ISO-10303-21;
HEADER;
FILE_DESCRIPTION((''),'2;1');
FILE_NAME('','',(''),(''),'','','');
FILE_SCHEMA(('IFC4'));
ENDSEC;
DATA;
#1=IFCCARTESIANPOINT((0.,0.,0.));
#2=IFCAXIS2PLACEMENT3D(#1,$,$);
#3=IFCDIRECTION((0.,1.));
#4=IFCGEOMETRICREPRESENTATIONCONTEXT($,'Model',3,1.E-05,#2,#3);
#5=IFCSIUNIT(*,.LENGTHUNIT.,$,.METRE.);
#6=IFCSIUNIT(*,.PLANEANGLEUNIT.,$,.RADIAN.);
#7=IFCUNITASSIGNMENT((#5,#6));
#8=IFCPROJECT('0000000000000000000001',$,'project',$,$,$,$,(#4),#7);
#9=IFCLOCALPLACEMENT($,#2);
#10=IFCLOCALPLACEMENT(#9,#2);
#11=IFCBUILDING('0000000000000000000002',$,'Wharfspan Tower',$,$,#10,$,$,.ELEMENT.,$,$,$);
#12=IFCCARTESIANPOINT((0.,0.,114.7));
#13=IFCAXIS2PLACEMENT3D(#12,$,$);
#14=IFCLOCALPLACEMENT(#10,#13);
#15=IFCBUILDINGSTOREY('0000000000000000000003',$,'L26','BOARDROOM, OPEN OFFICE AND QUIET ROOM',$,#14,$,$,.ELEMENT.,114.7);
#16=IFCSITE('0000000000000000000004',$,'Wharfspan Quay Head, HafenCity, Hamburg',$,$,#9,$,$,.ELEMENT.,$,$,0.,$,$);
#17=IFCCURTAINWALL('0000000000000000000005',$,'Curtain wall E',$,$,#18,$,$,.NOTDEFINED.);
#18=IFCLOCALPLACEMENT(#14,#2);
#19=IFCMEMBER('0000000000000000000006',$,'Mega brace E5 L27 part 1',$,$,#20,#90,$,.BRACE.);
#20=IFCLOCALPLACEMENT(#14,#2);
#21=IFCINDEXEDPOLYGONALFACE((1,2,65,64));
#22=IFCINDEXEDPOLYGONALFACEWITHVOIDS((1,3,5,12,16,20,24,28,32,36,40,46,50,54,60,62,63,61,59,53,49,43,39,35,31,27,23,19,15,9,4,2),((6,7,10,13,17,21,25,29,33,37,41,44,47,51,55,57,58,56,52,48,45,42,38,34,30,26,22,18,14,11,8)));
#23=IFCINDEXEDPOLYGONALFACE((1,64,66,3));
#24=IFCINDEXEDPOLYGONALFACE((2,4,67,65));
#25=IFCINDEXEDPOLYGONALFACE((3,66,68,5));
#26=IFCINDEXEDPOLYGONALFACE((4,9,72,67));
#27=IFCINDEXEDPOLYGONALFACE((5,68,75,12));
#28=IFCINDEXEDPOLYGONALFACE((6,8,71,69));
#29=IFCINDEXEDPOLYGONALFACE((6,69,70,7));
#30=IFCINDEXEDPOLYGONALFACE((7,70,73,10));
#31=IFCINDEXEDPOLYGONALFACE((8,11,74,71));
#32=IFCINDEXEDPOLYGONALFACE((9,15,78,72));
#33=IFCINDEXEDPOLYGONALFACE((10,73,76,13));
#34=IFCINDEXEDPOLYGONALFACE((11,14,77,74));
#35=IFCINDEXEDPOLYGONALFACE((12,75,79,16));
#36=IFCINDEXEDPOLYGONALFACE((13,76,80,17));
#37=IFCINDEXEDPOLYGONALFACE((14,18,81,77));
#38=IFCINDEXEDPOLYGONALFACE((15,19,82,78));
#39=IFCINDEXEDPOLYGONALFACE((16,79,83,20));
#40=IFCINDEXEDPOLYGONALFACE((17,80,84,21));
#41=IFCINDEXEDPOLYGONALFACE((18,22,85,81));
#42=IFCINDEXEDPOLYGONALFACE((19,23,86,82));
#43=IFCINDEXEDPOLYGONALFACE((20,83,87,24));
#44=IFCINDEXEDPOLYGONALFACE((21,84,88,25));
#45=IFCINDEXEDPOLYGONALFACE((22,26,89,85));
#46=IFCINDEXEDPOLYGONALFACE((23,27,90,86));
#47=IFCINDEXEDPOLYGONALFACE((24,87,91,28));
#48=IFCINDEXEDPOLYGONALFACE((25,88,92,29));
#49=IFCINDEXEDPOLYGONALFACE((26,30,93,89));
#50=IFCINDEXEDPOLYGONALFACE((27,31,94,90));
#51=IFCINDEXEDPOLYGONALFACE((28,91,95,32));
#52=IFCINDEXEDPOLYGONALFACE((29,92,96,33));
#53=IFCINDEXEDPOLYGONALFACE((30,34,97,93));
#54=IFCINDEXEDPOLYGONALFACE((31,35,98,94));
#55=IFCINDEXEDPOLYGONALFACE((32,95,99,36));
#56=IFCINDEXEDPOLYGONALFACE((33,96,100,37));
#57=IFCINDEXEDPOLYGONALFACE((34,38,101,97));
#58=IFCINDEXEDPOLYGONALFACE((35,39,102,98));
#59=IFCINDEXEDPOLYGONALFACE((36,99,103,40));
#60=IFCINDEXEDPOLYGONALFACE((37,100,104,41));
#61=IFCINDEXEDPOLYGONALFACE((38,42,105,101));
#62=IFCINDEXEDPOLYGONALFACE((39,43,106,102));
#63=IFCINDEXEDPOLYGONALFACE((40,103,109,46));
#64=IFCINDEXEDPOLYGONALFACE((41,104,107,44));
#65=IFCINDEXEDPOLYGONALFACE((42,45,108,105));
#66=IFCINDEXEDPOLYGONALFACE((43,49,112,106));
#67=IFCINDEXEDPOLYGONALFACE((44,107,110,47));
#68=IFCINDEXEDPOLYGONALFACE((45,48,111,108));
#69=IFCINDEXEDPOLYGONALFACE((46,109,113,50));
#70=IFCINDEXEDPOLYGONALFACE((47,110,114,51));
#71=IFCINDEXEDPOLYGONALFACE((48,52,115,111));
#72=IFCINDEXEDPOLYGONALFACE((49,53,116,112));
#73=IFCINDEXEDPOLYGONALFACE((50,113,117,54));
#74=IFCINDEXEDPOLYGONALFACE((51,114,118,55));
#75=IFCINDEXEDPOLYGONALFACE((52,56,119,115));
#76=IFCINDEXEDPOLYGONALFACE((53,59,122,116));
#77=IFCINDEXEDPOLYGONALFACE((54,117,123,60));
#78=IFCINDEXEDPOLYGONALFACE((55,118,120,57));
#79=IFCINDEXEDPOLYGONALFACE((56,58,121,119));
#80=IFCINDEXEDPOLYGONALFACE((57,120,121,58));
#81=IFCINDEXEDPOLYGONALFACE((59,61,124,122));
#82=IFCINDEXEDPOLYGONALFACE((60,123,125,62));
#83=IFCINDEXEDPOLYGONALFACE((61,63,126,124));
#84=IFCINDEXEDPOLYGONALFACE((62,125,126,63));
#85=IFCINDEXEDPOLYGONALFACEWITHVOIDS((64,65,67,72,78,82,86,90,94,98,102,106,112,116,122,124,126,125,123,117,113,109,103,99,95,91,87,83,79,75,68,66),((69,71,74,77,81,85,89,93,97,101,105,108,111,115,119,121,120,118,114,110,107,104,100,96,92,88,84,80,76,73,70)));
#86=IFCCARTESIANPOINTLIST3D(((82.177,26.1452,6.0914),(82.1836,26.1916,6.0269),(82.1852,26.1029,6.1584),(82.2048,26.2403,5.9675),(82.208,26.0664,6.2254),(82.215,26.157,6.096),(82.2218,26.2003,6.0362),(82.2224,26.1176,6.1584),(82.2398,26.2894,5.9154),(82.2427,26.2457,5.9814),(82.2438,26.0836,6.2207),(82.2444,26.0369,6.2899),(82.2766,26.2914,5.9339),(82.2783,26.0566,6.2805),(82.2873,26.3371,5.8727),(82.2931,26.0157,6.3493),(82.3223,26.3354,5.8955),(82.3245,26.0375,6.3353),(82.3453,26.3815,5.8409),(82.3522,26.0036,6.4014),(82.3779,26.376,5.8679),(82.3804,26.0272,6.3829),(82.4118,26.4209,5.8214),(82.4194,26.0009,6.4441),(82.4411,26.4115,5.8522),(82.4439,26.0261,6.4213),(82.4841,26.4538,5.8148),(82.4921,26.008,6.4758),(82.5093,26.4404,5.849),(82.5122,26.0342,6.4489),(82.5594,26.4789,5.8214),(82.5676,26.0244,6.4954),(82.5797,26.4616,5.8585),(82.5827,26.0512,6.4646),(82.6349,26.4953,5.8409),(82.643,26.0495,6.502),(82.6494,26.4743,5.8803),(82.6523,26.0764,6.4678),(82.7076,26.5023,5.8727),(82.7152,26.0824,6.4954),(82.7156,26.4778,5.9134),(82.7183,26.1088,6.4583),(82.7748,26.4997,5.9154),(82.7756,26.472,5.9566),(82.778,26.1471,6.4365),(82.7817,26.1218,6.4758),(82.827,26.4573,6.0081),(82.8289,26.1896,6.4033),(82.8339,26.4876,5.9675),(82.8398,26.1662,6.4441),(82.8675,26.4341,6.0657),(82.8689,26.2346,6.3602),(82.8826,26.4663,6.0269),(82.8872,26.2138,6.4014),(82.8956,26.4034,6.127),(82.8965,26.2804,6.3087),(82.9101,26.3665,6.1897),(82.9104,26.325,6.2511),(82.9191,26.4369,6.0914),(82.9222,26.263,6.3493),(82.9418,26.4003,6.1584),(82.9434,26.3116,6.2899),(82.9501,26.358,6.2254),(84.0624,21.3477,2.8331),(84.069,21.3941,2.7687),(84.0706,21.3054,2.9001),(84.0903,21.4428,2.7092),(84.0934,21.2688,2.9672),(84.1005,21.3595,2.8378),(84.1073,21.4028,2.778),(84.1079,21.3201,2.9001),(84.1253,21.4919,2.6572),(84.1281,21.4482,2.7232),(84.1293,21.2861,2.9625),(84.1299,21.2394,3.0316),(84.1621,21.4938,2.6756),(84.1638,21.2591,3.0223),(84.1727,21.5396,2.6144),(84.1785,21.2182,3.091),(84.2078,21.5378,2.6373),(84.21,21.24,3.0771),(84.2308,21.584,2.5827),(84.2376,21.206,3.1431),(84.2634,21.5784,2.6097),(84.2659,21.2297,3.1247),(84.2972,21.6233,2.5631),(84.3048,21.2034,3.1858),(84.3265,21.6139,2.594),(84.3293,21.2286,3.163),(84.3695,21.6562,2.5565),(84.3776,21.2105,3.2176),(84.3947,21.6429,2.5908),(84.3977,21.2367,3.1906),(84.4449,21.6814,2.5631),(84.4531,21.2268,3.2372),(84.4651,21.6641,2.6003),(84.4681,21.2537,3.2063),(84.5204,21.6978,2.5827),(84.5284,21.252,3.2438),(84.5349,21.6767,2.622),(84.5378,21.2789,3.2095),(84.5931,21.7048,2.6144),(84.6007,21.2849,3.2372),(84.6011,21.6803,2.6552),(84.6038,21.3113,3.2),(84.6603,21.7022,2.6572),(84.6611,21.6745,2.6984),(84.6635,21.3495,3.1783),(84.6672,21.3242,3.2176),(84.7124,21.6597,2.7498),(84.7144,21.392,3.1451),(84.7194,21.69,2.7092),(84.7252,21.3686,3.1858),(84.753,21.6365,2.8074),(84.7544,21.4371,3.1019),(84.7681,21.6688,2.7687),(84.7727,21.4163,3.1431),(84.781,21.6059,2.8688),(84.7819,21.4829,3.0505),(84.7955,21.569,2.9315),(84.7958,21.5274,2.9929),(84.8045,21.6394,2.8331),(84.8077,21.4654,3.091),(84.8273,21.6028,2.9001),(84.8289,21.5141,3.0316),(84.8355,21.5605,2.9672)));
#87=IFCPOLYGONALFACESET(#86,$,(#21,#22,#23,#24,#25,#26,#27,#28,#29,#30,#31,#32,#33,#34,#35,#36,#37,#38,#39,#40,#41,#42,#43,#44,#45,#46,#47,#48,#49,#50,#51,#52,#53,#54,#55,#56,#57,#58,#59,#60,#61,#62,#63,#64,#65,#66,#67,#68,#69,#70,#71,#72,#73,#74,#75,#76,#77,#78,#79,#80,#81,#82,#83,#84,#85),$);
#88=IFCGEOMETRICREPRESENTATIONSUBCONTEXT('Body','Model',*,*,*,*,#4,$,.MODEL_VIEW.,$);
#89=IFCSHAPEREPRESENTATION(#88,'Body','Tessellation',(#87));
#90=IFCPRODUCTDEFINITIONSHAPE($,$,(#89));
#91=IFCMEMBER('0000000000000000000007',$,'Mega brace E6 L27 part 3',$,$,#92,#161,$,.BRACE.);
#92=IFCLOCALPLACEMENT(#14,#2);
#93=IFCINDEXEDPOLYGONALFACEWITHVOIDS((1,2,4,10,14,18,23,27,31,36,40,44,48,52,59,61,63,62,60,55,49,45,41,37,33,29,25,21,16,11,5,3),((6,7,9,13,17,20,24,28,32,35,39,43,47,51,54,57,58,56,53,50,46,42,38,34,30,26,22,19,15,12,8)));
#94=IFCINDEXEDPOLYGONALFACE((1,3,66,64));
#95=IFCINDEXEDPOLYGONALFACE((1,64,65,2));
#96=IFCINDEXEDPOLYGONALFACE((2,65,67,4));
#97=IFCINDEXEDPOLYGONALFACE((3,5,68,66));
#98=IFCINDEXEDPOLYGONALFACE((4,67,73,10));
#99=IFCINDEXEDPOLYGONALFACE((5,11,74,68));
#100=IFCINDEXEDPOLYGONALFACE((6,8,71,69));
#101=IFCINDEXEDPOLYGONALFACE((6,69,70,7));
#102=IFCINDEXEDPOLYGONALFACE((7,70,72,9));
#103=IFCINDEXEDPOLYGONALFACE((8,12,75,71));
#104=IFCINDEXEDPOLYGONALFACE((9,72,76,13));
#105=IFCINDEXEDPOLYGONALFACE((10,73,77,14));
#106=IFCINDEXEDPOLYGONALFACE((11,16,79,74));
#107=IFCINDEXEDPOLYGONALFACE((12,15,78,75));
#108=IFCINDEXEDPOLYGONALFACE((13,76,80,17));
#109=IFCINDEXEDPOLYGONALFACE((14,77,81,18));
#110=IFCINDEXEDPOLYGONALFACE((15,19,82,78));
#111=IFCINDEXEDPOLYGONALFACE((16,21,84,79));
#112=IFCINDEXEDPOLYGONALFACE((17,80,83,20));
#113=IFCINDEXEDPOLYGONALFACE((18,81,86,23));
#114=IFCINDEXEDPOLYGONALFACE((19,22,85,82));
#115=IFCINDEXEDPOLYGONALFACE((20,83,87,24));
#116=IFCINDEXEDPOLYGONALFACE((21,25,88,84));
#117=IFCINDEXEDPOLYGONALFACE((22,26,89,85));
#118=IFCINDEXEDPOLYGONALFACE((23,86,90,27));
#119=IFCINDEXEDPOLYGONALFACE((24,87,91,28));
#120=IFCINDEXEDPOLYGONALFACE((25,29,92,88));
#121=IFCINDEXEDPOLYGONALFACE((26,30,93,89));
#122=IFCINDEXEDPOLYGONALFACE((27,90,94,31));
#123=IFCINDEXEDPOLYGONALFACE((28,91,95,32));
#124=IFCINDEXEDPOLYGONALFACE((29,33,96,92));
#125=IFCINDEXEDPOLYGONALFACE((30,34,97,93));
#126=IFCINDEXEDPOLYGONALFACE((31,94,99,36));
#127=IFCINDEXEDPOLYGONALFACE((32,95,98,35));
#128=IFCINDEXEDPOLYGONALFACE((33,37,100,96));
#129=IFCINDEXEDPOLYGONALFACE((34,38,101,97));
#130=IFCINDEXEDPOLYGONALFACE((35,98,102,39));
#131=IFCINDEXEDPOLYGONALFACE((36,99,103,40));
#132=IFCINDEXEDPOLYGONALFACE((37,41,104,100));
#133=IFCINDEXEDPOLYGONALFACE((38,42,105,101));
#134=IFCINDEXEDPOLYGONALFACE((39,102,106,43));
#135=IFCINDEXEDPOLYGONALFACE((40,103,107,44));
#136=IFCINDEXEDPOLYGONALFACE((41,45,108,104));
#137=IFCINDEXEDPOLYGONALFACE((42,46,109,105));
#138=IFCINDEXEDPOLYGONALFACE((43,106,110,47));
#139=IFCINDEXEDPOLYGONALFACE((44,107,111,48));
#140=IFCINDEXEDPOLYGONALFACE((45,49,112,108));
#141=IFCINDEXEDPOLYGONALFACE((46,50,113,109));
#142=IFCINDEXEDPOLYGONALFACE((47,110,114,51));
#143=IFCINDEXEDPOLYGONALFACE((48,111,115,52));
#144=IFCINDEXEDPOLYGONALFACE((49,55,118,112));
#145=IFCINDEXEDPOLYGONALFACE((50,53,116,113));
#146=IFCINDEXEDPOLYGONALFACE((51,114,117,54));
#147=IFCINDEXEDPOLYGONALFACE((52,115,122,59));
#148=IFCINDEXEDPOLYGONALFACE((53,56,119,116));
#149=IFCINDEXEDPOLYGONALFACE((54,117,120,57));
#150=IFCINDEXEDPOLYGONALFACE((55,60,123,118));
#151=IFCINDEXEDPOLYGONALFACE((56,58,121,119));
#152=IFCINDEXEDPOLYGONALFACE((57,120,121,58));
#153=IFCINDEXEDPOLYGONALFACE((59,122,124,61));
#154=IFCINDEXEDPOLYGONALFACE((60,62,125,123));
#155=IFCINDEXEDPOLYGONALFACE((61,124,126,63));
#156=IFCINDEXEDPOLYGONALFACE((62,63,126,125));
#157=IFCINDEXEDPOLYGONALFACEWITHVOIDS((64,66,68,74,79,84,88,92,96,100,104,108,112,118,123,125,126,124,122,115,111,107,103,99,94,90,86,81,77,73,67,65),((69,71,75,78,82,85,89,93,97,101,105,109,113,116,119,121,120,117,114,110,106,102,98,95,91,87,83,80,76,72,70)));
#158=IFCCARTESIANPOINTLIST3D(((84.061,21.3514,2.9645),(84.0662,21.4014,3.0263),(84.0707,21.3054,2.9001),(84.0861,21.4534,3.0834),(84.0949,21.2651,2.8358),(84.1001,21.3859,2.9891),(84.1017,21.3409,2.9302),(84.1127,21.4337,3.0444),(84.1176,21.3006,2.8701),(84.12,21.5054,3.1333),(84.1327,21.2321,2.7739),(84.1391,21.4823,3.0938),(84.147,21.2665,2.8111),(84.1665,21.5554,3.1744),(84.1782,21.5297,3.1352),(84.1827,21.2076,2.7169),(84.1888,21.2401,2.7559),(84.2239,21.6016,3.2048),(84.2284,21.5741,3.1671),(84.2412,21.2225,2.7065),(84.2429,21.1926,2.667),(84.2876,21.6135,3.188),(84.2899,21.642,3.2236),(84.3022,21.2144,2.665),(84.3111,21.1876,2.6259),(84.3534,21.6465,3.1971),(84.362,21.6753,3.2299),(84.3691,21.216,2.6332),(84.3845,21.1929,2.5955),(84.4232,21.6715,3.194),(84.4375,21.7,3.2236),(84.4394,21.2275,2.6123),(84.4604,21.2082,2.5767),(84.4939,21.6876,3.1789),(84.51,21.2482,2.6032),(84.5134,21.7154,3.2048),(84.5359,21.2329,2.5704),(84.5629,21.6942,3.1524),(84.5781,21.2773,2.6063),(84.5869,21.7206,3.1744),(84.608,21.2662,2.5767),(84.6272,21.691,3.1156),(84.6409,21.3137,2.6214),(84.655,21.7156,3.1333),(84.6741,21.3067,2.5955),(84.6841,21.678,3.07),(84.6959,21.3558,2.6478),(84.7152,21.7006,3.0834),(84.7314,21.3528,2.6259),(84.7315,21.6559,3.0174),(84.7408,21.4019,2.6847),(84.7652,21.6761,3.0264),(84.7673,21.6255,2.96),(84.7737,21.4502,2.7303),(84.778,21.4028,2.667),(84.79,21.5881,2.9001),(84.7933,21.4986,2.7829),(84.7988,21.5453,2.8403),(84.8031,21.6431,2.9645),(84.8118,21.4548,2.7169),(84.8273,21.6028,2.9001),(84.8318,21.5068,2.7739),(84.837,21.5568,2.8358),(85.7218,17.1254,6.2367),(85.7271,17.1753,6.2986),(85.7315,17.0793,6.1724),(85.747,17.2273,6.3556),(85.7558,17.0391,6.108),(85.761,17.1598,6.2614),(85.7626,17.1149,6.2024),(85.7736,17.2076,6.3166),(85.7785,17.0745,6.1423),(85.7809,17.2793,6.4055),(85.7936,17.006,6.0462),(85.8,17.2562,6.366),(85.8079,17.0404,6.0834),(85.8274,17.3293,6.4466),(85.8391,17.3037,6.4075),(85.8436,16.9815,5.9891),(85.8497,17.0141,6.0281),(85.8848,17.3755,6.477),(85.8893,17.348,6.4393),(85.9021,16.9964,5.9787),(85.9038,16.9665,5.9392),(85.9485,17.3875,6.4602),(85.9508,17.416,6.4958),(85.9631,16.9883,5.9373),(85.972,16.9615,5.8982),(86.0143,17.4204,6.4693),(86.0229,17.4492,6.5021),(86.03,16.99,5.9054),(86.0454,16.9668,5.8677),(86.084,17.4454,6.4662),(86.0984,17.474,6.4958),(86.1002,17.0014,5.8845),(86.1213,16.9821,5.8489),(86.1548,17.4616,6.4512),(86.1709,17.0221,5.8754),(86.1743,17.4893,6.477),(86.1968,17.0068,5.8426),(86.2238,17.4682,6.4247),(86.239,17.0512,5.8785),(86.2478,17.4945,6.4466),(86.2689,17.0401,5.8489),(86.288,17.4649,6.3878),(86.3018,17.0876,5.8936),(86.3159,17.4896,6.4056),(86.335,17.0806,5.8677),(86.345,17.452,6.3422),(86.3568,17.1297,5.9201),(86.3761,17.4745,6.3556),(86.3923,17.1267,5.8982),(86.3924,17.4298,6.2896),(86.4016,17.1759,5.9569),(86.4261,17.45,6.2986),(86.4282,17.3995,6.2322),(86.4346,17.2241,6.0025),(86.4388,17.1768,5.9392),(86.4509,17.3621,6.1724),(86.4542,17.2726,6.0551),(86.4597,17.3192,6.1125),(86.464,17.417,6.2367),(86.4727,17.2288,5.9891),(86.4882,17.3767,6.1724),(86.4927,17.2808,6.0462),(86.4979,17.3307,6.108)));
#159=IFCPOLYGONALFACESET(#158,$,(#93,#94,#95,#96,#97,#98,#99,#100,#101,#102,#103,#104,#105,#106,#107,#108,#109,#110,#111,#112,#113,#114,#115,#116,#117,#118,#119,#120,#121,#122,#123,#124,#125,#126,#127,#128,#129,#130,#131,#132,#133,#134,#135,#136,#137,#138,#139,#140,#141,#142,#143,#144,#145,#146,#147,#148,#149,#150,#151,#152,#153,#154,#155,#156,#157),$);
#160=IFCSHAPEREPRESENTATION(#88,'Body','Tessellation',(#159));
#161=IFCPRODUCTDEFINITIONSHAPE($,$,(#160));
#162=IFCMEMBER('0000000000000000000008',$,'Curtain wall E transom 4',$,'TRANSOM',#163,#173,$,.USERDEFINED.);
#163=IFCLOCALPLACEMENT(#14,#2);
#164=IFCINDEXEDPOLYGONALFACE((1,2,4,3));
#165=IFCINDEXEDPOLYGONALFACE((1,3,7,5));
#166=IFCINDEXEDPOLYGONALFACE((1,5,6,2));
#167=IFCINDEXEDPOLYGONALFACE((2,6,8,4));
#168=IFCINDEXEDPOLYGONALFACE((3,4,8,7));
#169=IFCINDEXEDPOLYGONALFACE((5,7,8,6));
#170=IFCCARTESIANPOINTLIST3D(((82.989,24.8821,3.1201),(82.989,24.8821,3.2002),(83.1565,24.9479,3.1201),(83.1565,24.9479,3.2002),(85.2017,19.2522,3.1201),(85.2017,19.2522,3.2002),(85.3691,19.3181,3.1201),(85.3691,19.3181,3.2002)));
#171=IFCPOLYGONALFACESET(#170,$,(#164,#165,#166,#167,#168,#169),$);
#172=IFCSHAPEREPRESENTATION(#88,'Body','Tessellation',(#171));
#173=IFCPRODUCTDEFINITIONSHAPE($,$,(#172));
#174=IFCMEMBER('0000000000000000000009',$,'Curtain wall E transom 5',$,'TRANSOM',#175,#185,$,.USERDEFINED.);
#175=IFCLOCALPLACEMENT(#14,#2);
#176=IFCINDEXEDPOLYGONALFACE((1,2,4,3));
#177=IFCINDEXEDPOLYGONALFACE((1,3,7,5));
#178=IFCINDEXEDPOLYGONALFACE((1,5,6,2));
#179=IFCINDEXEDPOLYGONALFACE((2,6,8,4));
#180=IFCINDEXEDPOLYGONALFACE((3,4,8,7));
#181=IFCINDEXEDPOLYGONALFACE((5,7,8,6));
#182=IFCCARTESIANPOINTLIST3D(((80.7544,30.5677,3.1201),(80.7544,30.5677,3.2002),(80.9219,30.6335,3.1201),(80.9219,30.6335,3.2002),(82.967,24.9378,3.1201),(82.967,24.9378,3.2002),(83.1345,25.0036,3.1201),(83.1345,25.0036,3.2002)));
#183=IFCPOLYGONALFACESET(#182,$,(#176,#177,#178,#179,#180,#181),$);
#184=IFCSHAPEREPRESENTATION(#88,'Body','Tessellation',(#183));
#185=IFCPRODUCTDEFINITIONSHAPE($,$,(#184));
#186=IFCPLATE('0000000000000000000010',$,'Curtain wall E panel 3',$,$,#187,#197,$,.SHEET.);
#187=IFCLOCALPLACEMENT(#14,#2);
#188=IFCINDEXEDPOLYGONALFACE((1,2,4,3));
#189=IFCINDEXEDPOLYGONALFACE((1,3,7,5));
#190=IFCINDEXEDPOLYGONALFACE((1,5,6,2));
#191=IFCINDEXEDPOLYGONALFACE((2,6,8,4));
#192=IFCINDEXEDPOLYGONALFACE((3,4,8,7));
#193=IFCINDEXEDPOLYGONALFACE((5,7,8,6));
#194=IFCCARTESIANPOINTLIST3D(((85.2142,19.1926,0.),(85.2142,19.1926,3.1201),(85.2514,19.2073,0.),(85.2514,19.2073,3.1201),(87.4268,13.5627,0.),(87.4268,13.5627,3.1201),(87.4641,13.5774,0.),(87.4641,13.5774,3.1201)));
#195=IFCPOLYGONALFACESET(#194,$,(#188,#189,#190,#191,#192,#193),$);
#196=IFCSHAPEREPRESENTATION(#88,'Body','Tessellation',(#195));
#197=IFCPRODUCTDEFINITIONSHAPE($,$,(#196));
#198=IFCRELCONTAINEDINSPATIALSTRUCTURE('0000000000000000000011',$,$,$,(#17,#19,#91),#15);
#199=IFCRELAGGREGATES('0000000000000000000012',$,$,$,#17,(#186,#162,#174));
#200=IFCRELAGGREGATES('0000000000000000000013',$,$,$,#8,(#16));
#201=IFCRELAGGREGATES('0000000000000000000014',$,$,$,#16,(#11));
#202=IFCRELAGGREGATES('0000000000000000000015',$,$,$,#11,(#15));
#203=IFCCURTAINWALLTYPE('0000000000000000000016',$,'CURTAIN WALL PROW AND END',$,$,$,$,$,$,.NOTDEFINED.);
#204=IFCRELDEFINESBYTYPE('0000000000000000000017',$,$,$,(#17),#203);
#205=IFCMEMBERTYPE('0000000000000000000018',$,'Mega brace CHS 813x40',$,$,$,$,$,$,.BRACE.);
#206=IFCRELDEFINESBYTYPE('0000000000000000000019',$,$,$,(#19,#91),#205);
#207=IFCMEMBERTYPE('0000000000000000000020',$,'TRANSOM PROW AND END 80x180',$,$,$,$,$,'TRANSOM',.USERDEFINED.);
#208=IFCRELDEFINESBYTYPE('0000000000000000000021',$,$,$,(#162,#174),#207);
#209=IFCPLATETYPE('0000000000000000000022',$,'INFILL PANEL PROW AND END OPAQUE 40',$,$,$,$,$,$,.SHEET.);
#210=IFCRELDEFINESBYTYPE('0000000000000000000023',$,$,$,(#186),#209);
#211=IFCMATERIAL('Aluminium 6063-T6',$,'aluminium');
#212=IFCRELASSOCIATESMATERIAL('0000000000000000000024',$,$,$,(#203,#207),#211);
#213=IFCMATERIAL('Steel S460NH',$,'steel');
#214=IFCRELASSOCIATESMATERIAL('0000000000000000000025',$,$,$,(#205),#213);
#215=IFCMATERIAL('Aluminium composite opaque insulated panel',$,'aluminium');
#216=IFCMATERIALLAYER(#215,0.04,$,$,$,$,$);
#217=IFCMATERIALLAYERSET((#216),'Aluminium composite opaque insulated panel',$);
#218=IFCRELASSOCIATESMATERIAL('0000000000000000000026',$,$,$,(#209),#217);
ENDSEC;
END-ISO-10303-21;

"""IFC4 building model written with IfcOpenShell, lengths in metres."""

from ifc_helpers import new_model, si_unit, direction, frame, origin, origin_2d, place, context, subcontext, project, spatial, rectangle, hollow_circle, extrude, material, layer, layer_set, material_profile, profile_set, type_object, element, aggregate, save


model = new_model("IFC4")

# Units and contexts
model_context = context("Model", 3, precision=1e-05, world=origin(), true_north=direction((0.0, 1.0)))
body_context = subcontext(model_context, "Body", "Model", "MODEL_VIEW")
ifc_project = project(units=[si_unit("LENGTHUNIT", "METRE"), si_unit("PLANEANGLEUNIT", "RADIAN")], contexts=[model_context])

# Site, building, storey
site_placement = place(None, origin())
site = spatial("IfcSite", under=ifc_project, at=site_placement, Name="Wharfspan Quay Head, HafenCity, Hamburg", CompositionType="ELEMENT", RefElevation=0.0)
building_placement = place(site_placement, origin())
building = spatial("IfcBuilding", under=site, at=building_placement, Name="Wharfspan Tower", CompositionType="ELEMENT")
storey_placement = place(building_placement, frame((0.0, 0.0, 114.7)))
storey = spatial("IfcBuildingStorey", under=building, at=storey_placement, Name="L26", Description="BOARDROOM, OPEN OFFICE AND QUIET ROOM", CompositionType="ELEMENT", Elevation=114.7)

# Curtain wall
ifc_material_1 = material(Name="Aluminium 6063-T6", Category="aluminium")
curtain_wall_type = type_object("IfcCurtainWallType", Name="CURTAIN WALL PROW AND END", PredefinedType="NOTDEFINED", material=ifc_material_1)
curtain_wall_placement = place(storey_placement, origin())
curtain_wall = element("IfcCurtainWall", 1, at=curtain_wall_placement, inside=storey, type_object=curtain_wall_type, Name="Curtain wall E", PredefinedType="NOTDEFINED")

# Members
ifc_material_2 = material(Name="Steel S460NH", Category="steel")
ifc_material_profile_1 = material_profile(ifc_material_2, hollow_circle(Radius=0.4065, WallThickness=0.04, at=origin_2d()))
ifc_profile_set_1 = profile_set([ifc_material_profile_1], Name="Steel S460NH")
member_type_1 = type_object("IfcMemberType", Name="Mega brace CHS 813x40", PredefinedType="BRACE", material=ifc_profile_set_1)
member_1_placement = place(storey_placement, frame((84.449, 21.4541, 2.9001), z_axis=(-0.309187, 0.786719, 0.534301), x_axis=(-0.930704, -0.365777, 0.000004)))
element("IfcMember", 2, at=member_1_placement, inside=storey, type_object=member_type_1, Name="Mega brace E5 L27 part 1", PredefinedType="BRACE", context=body_context, shape_type="SweptSolid", body=[
    extrude(hollow_circle(Radius=0.4065, WallThickness=0.04, at=origin_2d()), origin(), (0.0, 0.0, 1.0), 6.0981),
])
member_2_placement = place(storey_placement, frame((84.449, 21.4541, 2.9001), z_axis=(0.29675, -0.75507, 0.584645), x_axis=(0.930704, 0.365779, 0.000004)))
element("IfcMember", 3, at=member_2_placement, inside=storey, type_object=member_type_1, Name="Mega brace E6 L27 part 3", PredefinedType="BRACE", context=body_context, shape_type="SweptSolid", body=[
    extrude(hollow_circle(Radius=0.4065, WallThickness=0.04, at=origin_2d()), origin(), (0.0, 0.0, 1.0), 5.5969),
])

# Members
ifc_material_profile_2 = material_profile(ifc_material_1, rectangle(XDim=0.1799, YDim=0.0801, at=origin_2d()))
ifc_profile_set_2 = profile_set([ifc_material_profile_2], Name="Aluminium 6063-T6")
member_type_2 = type_object("IfcMemberType", Name="TRANSOM PROW AND END 80x180", ElementType="TRANSOM", PredefinedType="USERDEFINED", material=ifc_profile_set_2)
member_3_placement = place(storey_placement, frame((85.2854, 19.2852, 3.1602), z_axis=(-0.365782, 0.9307, 0.0), x_axis=(-0.9307, -0.365782, 0.0)))
member_3 = element("IfcMember", 4, at=member_3_placement, type_object=member_type_2, Name="Curtain wall E transom 4", ObjectType="TRANSOM", PredefinedType="USERDEFINED", context=body_context, shape_type="SweptSolid", body=[
    extrude(rectangle(XDim=0.1799, YDim=0.0801, at=origin_2d()), origin(), (0.0, 0.0, 1.0), 6.0491),
])
member_4_placement = place(storey_placement, frame((83.0508, 24.9707, 3.1602), z_axis=(-0.365782, 0.9307, 0.0), x_axis=(-0.9307, -0.365782, 0.0)))
member_4 = element("IfcMember", 5, at=member_4_placement, type_object=member_type_2, Name="Curtain wall E transom 5", ObjectType="TRANSOM", PredefinedType="USERDEFINED", context=body_context, shape_type="SweptSolid", body=[
    extrude(rectangle(XDim=0.1799, YDim=0.0801, at=origin_2d()), origin(), (0.0, 0.0, 1.0), 6.0491),
])

# Plate
ifc_material_3 = material(Name="Aluminium composite opaque insulated panel", Category="aluminium")
ifc_layer_1 = layer(ifc_material_3, 0.04)
ifc_layer_set_1 = layer_set([ifc_layer_1], Name="Aluminium composite opaque insulated panel")
plate_type = type_object("IfcPlateType", Name="INFILL PANEL PROW AND END OPAQUE 40", PredefinedType="SHEET", material=ifc_layer_set_1)
plate_1_placement = place(storey_placement, frame((86.3391, 16.385, 0.0), z_axis=(0.0, 0.0, 1.0), x_axis=(-0.365778, 0.930702, 0.0)))
plate_1 = element("IfcPlate", 6, at=plate_1_placement, type_object=plate_type, Name="Curtain wall E panel 3", PredefinedType="SHEET", context=body_context, shape_type="SweptSolid", body=[
    extrude(rectangle(XDim=6.0491, YDim=0.04, at=origin_2d()), origin(), (0.0, 0.0, 1.0), 3.1201),
])
aggregate(curtain_wall, [plate_1, member_3, member_4])

save(model, "model.ifc")
